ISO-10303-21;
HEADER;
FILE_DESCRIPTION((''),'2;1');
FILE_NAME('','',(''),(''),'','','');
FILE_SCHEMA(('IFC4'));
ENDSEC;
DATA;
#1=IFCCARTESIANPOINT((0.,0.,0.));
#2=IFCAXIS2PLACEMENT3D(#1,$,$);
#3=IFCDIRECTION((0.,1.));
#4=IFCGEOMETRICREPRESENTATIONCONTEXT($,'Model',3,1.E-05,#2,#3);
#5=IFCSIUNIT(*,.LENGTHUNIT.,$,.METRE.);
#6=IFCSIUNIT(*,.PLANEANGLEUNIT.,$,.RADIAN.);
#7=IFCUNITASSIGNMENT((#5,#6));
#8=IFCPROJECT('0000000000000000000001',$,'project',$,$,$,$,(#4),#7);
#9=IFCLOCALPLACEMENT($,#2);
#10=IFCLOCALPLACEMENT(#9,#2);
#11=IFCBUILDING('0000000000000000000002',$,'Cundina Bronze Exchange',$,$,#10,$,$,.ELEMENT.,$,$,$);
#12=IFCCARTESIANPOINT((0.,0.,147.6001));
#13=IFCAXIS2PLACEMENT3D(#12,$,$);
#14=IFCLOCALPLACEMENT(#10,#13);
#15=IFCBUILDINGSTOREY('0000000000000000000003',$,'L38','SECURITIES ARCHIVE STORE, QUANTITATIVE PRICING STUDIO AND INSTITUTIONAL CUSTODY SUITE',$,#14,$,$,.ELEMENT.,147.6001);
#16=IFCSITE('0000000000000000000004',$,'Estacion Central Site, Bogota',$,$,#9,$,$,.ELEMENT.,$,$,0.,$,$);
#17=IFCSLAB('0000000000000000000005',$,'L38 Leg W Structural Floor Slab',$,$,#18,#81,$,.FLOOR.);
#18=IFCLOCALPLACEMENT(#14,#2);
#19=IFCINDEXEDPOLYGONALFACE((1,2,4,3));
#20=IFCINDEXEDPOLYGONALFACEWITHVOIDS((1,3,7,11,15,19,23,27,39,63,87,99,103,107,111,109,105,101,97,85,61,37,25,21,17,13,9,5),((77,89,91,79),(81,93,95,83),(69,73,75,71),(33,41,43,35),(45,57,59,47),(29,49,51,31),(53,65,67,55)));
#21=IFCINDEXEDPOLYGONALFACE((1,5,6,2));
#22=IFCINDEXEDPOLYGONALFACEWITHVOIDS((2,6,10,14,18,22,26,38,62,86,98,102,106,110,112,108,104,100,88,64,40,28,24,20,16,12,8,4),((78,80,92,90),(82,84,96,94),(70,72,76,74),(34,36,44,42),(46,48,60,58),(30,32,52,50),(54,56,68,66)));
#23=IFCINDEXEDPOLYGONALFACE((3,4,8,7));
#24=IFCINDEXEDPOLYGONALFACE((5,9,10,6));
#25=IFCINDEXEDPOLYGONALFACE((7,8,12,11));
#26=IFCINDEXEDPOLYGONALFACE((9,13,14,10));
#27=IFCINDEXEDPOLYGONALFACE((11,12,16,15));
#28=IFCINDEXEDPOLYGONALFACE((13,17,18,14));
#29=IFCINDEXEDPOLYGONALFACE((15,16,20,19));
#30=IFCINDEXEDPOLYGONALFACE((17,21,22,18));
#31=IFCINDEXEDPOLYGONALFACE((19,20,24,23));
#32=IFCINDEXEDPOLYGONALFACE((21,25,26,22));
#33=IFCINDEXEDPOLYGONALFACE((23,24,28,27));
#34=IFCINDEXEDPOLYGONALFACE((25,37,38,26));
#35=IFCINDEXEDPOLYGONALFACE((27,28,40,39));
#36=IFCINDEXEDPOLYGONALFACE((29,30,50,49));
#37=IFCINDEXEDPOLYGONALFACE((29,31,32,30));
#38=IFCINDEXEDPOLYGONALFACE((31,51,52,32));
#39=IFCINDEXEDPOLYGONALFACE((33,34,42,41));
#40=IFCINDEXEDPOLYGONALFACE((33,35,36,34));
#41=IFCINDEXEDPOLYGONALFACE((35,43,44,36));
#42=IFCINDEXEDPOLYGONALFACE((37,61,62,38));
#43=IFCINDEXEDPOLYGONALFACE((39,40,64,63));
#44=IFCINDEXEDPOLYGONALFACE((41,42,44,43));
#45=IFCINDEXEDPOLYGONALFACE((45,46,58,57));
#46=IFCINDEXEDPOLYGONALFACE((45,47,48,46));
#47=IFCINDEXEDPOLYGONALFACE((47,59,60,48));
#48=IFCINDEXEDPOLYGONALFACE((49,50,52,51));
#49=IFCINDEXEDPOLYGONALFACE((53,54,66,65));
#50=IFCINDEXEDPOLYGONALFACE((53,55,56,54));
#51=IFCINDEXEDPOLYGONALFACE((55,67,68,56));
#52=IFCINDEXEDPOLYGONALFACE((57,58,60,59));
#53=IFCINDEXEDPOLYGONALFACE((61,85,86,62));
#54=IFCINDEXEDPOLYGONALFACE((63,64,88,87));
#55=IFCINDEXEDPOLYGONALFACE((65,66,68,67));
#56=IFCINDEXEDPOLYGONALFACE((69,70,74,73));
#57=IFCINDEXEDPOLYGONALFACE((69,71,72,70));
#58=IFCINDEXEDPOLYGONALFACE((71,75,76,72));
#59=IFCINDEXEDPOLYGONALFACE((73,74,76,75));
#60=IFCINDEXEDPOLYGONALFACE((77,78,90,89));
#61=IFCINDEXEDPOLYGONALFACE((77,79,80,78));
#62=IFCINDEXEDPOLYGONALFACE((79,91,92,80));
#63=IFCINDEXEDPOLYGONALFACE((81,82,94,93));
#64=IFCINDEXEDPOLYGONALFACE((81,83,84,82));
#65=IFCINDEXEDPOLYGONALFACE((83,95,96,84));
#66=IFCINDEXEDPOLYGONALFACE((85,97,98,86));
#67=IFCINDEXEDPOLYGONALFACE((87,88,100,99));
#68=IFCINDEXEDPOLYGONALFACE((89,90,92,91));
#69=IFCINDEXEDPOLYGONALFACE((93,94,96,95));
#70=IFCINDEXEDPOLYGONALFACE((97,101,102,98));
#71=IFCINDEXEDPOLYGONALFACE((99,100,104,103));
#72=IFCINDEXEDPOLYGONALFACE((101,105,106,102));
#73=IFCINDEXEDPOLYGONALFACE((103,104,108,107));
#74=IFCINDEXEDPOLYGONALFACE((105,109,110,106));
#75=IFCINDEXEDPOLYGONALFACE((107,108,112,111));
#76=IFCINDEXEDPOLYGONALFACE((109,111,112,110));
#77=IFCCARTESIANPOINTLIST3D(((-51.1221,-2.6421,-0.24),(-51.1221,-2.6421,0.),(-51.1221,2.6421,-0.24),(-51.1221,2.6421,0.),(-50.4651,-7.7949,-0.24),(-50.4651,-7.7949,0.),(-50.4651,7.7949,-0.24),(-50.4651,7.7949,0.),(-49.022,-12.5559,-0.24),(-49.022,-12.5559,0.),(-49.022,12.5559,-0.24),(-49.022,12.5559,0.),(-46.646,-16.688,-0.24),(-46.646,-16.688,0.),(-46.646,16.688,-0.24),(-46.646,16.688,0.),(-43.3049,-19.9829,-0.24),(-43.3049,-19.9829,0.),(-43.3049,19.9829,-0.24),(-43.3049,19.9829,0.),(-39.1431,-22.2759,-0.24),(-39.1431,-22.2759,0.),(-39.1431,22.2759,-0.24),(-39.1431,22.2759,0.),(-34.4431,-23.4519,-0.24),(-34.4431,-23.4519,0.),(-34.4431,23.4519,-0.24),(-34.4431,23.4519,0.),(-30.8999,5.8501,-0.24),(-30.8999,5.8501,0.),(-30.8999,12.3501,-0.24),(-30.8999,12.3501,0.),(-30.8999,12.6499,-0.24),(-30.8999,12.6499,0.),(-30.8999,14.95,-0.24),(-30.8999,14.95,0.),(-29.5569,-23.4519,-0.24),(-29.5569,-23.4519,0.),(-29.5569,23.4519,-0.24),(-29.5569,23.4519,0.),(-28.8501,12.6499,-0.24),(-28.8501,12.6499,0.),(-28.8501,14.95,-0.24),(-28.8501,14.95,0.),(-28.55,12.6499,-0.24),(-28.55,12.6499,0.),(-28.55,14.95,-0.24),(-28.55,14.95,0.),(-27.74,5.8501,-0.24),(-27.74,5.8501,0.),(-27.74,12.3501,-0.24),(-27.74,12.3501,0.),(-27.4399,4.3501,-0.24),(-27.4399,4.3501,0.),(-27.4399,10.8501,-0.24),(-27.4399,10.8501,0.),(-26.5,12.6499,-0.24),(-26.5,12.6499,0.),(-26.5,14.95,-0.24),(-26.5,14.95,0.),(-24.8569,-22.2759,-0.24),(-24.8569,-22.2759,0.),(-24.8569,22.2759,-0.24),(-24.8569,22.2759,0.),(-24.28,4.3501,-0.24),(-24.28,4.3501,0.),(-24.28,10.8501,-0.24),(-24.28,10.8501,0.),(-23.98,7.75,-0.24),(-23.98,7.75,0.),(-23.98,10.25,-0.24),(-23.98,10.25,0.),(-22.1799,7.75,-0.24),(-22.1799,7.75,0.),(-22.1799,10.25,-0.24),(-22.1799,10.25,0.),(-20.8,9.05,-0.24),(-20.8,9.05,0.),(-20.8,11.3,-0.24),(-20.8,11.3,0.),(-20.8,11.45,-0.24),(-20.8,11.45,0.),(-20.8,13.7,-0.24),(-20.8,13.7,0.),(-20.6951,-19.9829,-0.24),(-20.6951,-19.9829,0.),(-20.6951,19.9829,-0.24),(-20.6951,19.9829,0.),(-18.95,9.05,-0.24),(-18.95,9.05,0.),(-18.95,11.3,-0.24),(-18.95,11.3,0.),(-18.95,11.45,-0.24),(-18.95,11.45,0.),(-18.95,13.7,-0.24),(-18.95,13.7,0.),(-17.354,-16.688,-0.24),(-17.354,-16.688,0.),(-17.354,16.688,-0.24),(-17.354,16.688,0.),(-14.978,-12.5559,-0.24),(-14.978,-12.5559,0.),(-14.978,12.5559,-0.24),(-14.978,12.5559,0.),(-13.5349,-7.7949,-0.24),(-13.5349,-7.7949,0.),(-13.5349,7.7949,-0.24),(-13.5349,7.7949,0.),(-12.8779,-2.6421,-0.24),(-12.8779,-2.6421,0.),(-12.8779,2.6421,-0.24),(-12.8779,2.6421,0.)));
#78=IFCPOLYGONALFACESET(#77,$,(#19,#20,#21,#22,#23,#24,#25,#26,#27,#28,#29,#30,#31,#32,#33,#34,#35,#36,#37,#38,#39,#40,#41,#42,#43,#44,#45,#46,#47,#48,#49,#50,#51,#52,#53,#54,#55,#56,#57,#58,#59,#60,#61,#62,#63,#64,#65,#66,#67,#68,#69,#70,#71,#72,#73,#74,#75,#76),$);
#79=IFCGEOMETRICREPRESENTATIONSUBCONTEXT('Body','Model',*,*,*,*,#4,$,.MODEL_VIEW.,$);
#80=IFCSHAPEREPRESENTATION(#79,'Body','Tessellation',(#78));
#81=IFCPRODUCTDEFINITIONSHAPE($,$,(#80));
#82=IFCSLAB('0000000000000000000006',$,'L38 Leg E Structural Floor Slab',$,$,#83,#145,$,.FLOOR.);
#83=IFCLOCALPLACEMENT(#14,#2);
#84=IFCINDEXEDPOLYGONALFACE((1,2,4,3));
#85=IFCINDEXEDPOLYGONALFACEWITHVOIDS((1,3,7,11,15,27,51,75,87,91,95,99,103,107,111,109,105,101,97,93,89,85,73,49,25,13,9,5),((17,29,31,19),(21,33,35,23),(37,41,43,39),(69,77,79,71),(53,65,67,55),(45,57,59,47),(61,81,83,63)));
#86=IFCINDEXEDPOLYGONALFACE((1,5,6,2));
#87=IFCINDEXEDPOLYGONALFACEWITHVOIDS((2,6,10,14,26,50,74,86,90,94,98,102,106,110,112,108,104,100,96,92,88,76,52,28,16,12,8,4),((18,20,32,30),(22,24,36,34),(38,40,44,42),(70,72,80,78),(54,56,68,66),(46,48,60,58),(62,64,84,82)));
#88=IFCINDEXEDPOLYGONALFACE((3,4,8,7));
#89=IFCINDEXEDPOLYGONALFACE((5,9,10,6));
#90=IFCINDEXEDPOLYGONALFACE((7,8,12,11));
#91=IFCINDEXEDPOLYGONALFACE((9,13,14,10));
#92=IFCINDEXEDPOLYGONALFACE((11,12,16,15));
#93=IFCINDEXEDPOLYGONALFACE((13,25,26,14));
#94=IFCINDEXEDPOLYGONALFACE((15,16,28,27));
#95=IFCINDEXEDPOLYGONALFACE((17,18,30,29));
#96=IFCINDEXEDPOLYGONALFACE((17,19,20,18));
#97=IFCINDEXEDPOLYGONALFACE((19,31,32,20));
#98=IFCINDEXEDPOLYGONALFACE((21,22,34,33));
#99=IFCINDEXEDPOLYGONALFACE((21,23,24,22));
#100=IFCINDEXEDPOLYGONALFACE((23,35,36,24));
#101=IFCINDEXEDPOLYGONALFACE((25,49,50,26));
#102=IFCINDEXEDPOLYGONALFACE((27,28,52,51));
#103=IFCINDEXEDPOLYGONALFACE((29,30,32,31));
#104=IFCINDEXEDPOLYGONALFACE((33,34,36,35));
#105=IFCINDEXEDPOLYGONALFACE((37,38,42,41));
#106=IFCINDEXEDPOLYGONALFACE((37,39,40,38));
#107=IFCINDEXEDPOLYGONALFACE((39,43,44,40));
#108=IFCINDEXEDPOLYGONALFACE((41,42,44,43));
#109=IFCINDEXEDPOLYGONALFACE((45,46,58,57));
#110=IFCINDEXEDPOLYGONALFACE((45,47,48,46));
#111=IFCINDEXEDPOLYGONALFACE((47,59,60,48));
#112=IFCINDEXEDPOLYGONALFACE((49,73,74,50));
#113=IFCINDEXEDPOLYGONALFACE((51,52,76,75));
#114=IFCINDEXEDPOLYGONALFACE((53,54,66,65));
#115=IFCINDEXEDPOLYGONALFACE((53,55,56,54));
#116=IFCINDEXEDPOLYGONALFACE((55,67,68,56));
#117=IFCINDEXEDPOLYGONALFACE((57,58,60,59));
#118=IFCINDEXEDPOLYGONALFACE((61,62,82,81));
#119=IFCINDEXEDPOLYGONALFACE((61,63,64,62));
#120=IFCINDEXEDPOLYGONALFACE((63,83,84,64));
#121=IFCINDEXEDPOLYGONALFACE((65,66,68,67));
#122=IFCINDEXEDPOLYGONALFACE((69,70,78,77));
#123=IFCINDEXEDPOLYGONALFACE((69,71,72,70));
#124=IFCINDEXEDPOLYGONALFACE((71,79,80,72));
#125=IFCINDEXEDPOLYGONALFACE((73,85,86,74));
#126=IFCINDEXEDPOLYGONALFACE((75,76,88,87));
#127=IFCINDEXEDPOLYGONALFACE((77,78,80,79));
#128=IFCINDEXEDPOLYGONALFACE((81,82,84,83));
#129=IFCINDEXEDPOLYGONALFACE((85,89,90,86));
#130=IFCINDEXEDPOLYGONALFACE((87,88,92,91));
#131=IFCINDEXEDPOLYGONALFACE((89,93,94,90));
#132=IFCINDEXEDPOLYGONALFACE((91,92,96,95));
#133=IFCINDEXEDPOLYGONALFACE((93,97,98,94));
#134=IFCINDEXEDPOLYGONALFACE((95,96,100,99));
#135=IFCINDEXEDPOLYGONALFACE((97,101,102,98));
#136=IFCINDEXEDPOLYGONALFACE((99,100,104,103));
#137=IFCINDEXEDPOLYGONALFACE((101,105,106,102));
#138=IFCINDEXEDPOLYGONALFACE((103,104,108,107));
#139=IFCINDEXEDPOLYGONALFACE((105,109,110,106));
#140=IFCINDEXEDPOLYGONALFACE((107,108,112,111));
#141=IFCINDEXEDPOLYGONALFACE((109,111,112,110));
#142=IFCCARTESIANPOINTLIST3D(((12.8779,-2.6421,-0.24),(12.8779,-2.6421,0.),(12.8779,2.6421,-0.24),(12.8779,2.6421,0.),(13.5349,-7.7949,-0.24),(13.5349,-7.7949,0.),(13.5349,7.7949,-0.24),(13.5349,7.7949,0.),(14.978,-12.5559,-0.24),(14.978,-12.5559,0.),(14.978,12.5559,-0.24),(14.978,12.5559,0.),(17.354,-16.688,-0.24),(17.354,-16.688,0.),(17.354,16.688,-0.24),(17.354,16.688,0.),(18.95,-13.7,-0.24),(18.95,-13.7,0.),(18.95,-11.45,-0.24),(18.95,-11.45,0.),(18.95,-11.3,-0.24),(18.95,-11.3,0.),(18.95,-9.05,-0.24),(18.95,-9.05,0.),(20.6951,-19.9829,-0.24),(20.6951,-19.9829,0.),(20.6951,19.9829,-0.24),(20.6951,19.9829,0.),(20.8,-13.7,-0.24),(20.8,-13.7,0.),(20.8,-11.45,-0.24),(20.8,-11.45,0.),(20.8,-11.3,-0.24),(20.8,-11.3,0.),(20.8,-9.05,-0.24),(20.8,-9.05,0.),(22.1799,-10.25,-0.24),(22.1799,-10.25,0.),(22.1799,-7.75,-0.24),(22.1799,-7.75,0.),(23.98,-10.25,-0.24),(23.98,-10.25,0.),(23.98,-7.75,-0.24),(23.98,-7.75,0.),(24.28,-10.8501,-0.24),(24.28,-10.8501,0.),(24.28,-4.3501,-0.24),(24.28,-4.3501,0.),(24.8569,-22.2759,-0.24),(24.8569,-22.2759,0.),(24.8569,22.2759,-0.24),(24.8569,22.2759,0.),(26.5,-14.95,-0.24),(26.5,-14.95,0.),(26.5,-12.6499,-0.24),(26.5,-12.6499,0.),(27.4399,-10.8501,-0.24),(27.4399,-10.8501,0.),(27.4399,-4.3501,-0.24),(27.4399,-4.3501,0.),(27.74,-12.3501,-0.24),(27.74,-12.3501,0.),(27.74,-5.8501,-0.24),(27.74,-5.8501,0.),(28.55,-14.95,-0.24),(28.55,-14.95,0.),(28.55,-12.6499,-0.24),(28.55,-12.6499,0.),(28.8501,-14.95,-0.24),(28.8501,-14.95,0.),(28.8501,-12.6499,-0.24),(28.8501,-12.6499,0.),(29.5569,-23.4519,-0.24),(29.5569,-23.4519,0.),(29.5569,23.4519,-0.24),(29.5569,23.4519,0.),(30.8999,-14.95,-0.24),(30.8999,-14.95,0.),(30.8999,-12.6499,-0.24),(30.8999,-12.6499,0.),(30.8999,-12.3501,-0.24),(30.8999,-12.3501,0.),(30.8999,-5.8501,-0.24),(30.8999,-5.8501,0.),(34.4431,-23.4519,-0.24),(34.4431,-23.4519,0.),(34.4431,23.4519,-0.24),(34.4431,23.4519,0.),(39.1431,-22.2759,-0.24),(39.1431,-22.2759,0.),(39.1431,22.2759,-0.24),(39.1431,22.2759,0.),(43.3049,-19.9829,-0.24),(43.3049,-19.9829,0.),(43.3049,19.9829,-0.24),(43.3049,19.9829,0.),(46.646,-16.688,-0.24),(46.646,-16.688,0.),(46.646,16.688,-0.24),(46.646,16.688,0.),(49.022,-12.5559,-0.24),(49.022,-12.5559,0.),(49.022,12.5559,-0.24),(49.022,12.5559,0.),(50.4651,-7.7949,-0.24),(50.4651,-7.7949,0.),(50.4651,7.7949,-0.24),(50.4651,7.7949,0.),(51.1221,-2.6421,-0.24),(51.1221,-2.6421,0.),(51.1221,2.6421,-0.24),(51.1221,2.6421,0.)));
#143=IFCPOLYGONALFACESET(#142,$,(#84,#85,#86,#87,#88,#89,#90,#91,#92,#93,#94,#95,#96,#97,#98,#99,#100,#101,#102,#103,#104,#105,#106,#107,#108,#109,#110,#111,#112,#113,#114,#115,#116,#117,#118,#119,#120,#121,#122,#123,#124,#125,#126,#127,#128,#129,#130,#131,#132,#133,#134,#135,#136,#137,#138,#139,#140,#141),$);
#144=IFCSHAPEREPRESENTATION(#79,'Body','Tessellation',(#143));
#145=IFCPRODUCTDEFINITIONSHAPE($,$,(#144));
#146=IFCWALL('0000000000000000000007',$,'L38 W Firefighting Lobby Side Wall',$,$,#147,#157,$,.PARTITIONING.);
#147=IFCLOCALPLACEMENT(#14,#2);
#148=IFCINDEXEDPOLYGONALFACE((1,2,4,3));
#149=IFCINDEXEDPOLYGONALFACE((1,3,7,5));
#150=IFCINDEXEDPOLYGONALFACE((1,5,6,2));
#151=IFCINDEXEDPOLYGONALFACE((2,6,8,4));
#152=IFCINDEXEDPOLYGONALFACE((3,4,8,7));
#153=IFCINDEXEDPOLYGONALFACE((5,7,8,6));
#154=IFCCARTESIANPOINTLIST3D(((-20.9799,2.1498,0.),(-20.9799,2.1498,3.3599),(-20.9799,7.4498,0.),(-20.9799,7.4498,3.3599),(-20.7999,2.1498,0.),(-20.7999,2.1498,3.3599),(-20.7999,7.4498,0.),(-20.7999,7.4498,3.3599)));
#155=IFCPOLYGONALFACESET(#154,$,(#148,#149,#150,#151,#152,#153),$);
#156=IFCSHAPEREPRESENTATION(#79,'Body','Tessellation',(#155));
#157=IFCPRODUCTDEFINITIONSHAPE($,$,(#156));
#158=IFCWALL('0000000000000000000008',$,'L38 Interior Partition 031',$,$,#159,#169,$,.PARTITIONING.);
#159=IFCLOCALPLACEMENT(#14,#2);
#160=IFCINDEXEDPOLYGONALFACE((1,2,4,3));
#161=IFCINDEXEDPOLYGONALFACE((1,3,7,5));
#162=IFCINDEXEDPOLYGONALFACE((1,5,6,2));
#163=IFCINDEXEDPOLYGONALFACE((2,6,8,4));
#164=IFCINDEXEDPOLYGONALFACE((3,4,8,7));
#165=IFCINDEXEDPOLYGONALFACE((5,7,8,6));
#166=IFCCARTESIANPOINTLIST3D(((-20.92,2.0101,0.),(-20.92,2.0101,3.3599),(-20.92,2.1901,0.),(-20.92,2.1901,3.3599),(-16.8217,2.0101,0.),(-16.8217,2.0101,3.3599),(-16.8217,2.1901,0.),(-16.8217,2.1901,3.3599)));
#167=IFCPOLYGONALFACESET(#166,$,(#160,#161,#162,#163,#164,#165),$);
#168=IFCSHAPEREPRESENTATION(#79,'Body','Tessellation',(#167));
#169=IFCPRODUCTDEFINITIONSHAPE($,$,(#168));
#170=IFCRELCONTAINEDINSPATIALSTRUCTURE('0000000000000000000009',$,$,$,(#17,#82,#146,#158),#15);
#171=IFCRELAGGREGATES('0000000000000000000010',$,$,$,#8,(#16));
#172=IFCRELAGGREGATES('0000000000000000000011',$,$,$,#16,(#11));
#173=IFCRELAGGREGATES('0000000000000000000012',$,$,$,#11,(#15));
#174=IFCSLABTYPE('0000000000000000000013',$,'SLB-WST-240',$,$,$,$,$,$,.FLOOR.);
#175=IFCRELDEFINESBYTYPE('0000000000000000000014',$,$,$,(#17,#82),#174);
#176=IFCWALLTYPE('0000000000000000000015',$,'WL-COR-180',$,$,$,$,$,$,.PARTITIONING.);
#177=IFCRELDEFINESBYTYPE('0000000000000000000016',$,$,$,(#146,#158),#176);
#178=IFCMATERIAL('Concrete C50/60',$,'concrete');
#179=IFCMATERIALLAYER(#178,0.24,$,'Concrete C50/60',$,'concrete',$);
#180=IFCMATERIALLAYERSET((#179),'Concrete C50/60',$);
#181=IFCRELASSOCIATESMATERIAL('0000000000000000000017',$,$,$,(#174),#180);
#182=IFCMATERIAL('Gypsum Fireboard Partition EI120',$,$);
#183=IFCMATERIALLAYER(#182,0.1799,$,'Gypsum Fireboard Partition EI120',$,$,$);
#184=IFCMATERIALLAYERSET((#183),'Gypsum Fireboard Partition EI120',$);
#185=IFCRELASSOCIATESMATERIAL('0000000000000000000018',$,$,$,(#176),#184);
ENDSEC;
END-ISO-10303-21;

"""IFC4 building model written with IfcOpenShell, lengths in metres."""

from ifc_helpers import new_model, si_unit, direction, frame, frame_2d, origin, place, context, subcontext, project, spatial, polyline, rectangle, outline, extrude, material, layer, layer_set, type_object, element, save


model = new_model("IFC4")

# Units and contexts
model_context = context("Model", 3, precision=1e-05, world=origin(), true_north=direction((0.0, 1.0)))
body_context = subcontext(model_context, "Body", "Model", "MODEL_VIEW")
ifc_project = project(units=[si_unit("LENGTHUNIT", "METRE"), si_unit("PLANEANGLEUNIT", "RADIAN")], contexts=[model_context])

# Site, building, storey
site_placement = place(None, origin())
site = spatial("IfcSite", under=ifc_project, at=site_placement, Name="Estacion Central Site, Bogota", CompositionType="ELEMENT", RefElevation=0.0)
building_placement = place(site_placement, origin())
building = spatial("IfcBuilding", under=site, at=building_placement, Name="Cundina Bronze Exchange", CompositionType="ELEMENT")
storey_placement = place(building_placement, frame((0.0, 0.0, 147.6001)))
storey = spatial("IfcBuildingStorey", under=building, at=storey_placement, Name="L38", Description="SECURITIES ARCHIVE STORE, QUANTITATIVE PRICING STUDIO AND INSTITUTIONAL CUSTODY SUITE", CompositionType="ELEMENT", Elevation=147.6001)

# Shared definitions
ifc_material_1 = material(Name="Concrete C50/60", Category="concrete")

# Slabs
ifc_layer_1 = layer(ifc_material_1, 0.24, Name="Concrete C50/60", Category="concrete")
ifc_layer_set_1 = layer_set([ifc_layer_1], Name="Concrete C50/60")
slab_type_1 = type_object("IfcSlabType", Name="SLB-WST-240", PredefinedType="FLOOR", material=ifc_layer_set_1)
slab_1_placement = place(storey_placement, frame((0.0, 0.0, -0.24)))
element("IfcSlab", 1, at=slab_1_placement, inside=storey, type_object=slab_type_1, Name="L38 Leg W Structural Floor Slab", PredefinedType="FLOOR", context=body_context, shape_type="SweptSolid", body=[
    extrude(outline(polyline([(-12.8779, 2.6421), (-13.5349, 7.7949), (-14.978, 12.5559), (-17.354, 16.688), (-20.6951, 19.9829), (-24.8569, 22.2759), (-29.5569, 23.4519), (-34.4431, 23.4519), (-39.1431, 22.2759), (-43.3049, 19.9829), (-46.646, 16.688), (-49.022, 12.5559), (-50.4651, 7.7949), (-51.1221, 2.6421), (-51.1221, -2.6421), (-50.4651, -7.7949), (-49.022, -12.5559), (-46.646, -16.688), (-43.3049, -19.9829), (-39.1431, -22.2759), (-34.4431, -23.4519), (-29.5569, -23.4519), (-24.8569, -22.2759), (-20.6951, -19.9829), (-17.354, -16.688), (-14.978, -12.5559), (-13.5349, -7.7949), (-12.8779, -2.6421), (-12.8779, 2.6421)]), holes=[polyline([(-27.74, 5.8501), (-27.74, 12.3501), (-30.8999, 12.3501), (-30.8999, 5.8501), (-27.74, 5.8501)]), polyline([(-27.4399, 10.8501), (-27.4399, 4.3501), (-24.28, 4.3501), (-24.28, 10.8501), (-27.4399, 10.8501)]), polyline([(-23.98, 10.25), (-22.1799, 10.25), (-22.1799, 7.75), (-23.98, 7.75), (-23.98, 10.25)]), polyline([(-30.8999, 14.95), (-28.8501, 14.95), (-28.8501, 12.6499), (-30.8999, 12.6499), (-30.8999, 14.95)]), polyline([(-28.55, 14.95), (-26.5, 14.95), (-26.5, 12.6499), (-28.55, 12.6499), (-28.55, 14.95)]), polyline([(-20.8, 13.7), (-18.95, 13.7), (-18.95, 11.45), (-20.8, 11.45), (-20.8, 13.7)]), polyline([(-20.8, 11.3), (-18.95, 11.3), (-18.95, 9.05), (-20.8, 9.05), (-20.8, 11.3)])]), origin(), (0.0, 0.0, 1.0), 0.24),
])
slab_2_placement = place(storey_placement, frame((0.0, 0.0, -0.24)))
element("IfcSlab", 2, at=slab_2_placement, inside=storey, type_object=slab_type_1, Name="L38 Leg E Structural Floor Slab", PredefinedType="FLOOR", context=body_context, shape_type="SweptSolid", body=[
    extrude(outline(polyline([(51.1221, 2.6421), (50.4651, 7.7949), (49.022, 12.5559), (46.646, 16.688), (43.3049, 19.9829), (39.1431, 22.2759), (34.4431, 23.4519), (29.5569, 23.4519), (24.8569, 22.2759), (20.6951, 19.9829), (17.354, 16.688), (14.978, 12.5559), (13.5349, 7.7949), (12.8779, 2.6421), (12.8779, -2.6421), (13.5349, -7.7949), (14.978, -12.5559), (17.354, -16.688), (20.6951, -19.9829), (24.8569, -22.2759), (29.5569, -23.4519), (34.4431, -23.4519), (39.1431, -22.2759), (43.3049, -19.9829), (46.646, -16.688), (49.022, -12.5559), (50.4651, -7.7949), (51.1221, -2.6421), (51.1221, 2.6421)]), holes=[polyline([(27.74, -5.8501), (27.74, -12.3501), (30.8999, -12.3501), (30.8999, -5.8501), (27.74, -5.8501)]), polyline([(27.4399, -10.8501), (27.4399, -4.3501), (24.28, -4.3501), (24.28, -10.8501), (27.4399, -10.8501)]), polyline([(22.1799, -7.75), (23.98, -7.75), (23.98, -10.25), (22.1799, -10.25), (22.1799, -7.75)]), polyline([(28.8501, -12.6499), (30.8999, -12.6499), (30.8999, -14.95), (28.8501, -14.95), (28.8501, -12.6499)]), polyline([(26.5, -12.6499), (28.55, -12.6499), (28.55, -14.95), (26.5, -14.95), (26.5, -12.6499)]), polyline([(18.95, -11.45), (20.8, -11.45), (20.8, -13.7), (18.95, -13.7), (18.95, -11.45)]), polyline([(18.95, -9.05), (20.8, -9.05), (20.8, -11.3), (18.95, -11.3), (18.95, -9.05)])]), origin(), (0.0, 0.0, 1.0), 0.24),
])

# Walls
ifc_material_2 = material(Name="Gypsum Fireboard Partition EI120")
ifc_layer_2 = layer(ifc_material_2, 0.1799, Name="Gypsum Fireboard Partition EI120")
ifc_layer_set_2 = layer_set([ifc_layer_2], Name="Gypsum Fireboard Partition EI120")
wall_type = type_object("IfcWallType", Name="WL-COR-180", PredefinedType="PARTITIONING", material=ifc_layer_set_2)
wall_1_placement = place(storey_placement, frame((-20.8899, 2.1499, 0.0), z_axis=(0.0, 0.0, 1.0), x_axis=(0.0, 1.0, 0.0)))
element("IfcWall", 3, at=wall_1_placement, inside=storey, type_object=wall_type, Name="L38 W Firefighting Lobby Side Wall", PredefinedType="PARTITIONING", context=body_context, shape_type="SweptSolid", body=[
    extrude(rectangle(XDim=5.3, YDim=0.1799, at=frame_2d((2.6499, 0.0))), origin(), (0.0, 0.0, 1.0), 3.3599),
])
wall_2_placement = place(storey_placement, frame((-16.8215, 2.1001, 0.0), z_axis=(0.0, 0.0, 1.0), x_axis=(-1.0, 0.0, 0.0)))
element("IfcWall", 4, at=wall_2_placement, inside=storey, type_object=wall_type, Name="L38 Interior Partition 031", PredefinedType="PARTITIONING", context=body_context, shape_type="SweptSolid", body=[
    extrude(rectangle(XDim=4.0984, YDim=0.1799, at=frame_2d((2.0493, 0.0))), origin(), (0.0, 0.0, 1.0), 3.3599),
])

save(model, "model.ifc")
